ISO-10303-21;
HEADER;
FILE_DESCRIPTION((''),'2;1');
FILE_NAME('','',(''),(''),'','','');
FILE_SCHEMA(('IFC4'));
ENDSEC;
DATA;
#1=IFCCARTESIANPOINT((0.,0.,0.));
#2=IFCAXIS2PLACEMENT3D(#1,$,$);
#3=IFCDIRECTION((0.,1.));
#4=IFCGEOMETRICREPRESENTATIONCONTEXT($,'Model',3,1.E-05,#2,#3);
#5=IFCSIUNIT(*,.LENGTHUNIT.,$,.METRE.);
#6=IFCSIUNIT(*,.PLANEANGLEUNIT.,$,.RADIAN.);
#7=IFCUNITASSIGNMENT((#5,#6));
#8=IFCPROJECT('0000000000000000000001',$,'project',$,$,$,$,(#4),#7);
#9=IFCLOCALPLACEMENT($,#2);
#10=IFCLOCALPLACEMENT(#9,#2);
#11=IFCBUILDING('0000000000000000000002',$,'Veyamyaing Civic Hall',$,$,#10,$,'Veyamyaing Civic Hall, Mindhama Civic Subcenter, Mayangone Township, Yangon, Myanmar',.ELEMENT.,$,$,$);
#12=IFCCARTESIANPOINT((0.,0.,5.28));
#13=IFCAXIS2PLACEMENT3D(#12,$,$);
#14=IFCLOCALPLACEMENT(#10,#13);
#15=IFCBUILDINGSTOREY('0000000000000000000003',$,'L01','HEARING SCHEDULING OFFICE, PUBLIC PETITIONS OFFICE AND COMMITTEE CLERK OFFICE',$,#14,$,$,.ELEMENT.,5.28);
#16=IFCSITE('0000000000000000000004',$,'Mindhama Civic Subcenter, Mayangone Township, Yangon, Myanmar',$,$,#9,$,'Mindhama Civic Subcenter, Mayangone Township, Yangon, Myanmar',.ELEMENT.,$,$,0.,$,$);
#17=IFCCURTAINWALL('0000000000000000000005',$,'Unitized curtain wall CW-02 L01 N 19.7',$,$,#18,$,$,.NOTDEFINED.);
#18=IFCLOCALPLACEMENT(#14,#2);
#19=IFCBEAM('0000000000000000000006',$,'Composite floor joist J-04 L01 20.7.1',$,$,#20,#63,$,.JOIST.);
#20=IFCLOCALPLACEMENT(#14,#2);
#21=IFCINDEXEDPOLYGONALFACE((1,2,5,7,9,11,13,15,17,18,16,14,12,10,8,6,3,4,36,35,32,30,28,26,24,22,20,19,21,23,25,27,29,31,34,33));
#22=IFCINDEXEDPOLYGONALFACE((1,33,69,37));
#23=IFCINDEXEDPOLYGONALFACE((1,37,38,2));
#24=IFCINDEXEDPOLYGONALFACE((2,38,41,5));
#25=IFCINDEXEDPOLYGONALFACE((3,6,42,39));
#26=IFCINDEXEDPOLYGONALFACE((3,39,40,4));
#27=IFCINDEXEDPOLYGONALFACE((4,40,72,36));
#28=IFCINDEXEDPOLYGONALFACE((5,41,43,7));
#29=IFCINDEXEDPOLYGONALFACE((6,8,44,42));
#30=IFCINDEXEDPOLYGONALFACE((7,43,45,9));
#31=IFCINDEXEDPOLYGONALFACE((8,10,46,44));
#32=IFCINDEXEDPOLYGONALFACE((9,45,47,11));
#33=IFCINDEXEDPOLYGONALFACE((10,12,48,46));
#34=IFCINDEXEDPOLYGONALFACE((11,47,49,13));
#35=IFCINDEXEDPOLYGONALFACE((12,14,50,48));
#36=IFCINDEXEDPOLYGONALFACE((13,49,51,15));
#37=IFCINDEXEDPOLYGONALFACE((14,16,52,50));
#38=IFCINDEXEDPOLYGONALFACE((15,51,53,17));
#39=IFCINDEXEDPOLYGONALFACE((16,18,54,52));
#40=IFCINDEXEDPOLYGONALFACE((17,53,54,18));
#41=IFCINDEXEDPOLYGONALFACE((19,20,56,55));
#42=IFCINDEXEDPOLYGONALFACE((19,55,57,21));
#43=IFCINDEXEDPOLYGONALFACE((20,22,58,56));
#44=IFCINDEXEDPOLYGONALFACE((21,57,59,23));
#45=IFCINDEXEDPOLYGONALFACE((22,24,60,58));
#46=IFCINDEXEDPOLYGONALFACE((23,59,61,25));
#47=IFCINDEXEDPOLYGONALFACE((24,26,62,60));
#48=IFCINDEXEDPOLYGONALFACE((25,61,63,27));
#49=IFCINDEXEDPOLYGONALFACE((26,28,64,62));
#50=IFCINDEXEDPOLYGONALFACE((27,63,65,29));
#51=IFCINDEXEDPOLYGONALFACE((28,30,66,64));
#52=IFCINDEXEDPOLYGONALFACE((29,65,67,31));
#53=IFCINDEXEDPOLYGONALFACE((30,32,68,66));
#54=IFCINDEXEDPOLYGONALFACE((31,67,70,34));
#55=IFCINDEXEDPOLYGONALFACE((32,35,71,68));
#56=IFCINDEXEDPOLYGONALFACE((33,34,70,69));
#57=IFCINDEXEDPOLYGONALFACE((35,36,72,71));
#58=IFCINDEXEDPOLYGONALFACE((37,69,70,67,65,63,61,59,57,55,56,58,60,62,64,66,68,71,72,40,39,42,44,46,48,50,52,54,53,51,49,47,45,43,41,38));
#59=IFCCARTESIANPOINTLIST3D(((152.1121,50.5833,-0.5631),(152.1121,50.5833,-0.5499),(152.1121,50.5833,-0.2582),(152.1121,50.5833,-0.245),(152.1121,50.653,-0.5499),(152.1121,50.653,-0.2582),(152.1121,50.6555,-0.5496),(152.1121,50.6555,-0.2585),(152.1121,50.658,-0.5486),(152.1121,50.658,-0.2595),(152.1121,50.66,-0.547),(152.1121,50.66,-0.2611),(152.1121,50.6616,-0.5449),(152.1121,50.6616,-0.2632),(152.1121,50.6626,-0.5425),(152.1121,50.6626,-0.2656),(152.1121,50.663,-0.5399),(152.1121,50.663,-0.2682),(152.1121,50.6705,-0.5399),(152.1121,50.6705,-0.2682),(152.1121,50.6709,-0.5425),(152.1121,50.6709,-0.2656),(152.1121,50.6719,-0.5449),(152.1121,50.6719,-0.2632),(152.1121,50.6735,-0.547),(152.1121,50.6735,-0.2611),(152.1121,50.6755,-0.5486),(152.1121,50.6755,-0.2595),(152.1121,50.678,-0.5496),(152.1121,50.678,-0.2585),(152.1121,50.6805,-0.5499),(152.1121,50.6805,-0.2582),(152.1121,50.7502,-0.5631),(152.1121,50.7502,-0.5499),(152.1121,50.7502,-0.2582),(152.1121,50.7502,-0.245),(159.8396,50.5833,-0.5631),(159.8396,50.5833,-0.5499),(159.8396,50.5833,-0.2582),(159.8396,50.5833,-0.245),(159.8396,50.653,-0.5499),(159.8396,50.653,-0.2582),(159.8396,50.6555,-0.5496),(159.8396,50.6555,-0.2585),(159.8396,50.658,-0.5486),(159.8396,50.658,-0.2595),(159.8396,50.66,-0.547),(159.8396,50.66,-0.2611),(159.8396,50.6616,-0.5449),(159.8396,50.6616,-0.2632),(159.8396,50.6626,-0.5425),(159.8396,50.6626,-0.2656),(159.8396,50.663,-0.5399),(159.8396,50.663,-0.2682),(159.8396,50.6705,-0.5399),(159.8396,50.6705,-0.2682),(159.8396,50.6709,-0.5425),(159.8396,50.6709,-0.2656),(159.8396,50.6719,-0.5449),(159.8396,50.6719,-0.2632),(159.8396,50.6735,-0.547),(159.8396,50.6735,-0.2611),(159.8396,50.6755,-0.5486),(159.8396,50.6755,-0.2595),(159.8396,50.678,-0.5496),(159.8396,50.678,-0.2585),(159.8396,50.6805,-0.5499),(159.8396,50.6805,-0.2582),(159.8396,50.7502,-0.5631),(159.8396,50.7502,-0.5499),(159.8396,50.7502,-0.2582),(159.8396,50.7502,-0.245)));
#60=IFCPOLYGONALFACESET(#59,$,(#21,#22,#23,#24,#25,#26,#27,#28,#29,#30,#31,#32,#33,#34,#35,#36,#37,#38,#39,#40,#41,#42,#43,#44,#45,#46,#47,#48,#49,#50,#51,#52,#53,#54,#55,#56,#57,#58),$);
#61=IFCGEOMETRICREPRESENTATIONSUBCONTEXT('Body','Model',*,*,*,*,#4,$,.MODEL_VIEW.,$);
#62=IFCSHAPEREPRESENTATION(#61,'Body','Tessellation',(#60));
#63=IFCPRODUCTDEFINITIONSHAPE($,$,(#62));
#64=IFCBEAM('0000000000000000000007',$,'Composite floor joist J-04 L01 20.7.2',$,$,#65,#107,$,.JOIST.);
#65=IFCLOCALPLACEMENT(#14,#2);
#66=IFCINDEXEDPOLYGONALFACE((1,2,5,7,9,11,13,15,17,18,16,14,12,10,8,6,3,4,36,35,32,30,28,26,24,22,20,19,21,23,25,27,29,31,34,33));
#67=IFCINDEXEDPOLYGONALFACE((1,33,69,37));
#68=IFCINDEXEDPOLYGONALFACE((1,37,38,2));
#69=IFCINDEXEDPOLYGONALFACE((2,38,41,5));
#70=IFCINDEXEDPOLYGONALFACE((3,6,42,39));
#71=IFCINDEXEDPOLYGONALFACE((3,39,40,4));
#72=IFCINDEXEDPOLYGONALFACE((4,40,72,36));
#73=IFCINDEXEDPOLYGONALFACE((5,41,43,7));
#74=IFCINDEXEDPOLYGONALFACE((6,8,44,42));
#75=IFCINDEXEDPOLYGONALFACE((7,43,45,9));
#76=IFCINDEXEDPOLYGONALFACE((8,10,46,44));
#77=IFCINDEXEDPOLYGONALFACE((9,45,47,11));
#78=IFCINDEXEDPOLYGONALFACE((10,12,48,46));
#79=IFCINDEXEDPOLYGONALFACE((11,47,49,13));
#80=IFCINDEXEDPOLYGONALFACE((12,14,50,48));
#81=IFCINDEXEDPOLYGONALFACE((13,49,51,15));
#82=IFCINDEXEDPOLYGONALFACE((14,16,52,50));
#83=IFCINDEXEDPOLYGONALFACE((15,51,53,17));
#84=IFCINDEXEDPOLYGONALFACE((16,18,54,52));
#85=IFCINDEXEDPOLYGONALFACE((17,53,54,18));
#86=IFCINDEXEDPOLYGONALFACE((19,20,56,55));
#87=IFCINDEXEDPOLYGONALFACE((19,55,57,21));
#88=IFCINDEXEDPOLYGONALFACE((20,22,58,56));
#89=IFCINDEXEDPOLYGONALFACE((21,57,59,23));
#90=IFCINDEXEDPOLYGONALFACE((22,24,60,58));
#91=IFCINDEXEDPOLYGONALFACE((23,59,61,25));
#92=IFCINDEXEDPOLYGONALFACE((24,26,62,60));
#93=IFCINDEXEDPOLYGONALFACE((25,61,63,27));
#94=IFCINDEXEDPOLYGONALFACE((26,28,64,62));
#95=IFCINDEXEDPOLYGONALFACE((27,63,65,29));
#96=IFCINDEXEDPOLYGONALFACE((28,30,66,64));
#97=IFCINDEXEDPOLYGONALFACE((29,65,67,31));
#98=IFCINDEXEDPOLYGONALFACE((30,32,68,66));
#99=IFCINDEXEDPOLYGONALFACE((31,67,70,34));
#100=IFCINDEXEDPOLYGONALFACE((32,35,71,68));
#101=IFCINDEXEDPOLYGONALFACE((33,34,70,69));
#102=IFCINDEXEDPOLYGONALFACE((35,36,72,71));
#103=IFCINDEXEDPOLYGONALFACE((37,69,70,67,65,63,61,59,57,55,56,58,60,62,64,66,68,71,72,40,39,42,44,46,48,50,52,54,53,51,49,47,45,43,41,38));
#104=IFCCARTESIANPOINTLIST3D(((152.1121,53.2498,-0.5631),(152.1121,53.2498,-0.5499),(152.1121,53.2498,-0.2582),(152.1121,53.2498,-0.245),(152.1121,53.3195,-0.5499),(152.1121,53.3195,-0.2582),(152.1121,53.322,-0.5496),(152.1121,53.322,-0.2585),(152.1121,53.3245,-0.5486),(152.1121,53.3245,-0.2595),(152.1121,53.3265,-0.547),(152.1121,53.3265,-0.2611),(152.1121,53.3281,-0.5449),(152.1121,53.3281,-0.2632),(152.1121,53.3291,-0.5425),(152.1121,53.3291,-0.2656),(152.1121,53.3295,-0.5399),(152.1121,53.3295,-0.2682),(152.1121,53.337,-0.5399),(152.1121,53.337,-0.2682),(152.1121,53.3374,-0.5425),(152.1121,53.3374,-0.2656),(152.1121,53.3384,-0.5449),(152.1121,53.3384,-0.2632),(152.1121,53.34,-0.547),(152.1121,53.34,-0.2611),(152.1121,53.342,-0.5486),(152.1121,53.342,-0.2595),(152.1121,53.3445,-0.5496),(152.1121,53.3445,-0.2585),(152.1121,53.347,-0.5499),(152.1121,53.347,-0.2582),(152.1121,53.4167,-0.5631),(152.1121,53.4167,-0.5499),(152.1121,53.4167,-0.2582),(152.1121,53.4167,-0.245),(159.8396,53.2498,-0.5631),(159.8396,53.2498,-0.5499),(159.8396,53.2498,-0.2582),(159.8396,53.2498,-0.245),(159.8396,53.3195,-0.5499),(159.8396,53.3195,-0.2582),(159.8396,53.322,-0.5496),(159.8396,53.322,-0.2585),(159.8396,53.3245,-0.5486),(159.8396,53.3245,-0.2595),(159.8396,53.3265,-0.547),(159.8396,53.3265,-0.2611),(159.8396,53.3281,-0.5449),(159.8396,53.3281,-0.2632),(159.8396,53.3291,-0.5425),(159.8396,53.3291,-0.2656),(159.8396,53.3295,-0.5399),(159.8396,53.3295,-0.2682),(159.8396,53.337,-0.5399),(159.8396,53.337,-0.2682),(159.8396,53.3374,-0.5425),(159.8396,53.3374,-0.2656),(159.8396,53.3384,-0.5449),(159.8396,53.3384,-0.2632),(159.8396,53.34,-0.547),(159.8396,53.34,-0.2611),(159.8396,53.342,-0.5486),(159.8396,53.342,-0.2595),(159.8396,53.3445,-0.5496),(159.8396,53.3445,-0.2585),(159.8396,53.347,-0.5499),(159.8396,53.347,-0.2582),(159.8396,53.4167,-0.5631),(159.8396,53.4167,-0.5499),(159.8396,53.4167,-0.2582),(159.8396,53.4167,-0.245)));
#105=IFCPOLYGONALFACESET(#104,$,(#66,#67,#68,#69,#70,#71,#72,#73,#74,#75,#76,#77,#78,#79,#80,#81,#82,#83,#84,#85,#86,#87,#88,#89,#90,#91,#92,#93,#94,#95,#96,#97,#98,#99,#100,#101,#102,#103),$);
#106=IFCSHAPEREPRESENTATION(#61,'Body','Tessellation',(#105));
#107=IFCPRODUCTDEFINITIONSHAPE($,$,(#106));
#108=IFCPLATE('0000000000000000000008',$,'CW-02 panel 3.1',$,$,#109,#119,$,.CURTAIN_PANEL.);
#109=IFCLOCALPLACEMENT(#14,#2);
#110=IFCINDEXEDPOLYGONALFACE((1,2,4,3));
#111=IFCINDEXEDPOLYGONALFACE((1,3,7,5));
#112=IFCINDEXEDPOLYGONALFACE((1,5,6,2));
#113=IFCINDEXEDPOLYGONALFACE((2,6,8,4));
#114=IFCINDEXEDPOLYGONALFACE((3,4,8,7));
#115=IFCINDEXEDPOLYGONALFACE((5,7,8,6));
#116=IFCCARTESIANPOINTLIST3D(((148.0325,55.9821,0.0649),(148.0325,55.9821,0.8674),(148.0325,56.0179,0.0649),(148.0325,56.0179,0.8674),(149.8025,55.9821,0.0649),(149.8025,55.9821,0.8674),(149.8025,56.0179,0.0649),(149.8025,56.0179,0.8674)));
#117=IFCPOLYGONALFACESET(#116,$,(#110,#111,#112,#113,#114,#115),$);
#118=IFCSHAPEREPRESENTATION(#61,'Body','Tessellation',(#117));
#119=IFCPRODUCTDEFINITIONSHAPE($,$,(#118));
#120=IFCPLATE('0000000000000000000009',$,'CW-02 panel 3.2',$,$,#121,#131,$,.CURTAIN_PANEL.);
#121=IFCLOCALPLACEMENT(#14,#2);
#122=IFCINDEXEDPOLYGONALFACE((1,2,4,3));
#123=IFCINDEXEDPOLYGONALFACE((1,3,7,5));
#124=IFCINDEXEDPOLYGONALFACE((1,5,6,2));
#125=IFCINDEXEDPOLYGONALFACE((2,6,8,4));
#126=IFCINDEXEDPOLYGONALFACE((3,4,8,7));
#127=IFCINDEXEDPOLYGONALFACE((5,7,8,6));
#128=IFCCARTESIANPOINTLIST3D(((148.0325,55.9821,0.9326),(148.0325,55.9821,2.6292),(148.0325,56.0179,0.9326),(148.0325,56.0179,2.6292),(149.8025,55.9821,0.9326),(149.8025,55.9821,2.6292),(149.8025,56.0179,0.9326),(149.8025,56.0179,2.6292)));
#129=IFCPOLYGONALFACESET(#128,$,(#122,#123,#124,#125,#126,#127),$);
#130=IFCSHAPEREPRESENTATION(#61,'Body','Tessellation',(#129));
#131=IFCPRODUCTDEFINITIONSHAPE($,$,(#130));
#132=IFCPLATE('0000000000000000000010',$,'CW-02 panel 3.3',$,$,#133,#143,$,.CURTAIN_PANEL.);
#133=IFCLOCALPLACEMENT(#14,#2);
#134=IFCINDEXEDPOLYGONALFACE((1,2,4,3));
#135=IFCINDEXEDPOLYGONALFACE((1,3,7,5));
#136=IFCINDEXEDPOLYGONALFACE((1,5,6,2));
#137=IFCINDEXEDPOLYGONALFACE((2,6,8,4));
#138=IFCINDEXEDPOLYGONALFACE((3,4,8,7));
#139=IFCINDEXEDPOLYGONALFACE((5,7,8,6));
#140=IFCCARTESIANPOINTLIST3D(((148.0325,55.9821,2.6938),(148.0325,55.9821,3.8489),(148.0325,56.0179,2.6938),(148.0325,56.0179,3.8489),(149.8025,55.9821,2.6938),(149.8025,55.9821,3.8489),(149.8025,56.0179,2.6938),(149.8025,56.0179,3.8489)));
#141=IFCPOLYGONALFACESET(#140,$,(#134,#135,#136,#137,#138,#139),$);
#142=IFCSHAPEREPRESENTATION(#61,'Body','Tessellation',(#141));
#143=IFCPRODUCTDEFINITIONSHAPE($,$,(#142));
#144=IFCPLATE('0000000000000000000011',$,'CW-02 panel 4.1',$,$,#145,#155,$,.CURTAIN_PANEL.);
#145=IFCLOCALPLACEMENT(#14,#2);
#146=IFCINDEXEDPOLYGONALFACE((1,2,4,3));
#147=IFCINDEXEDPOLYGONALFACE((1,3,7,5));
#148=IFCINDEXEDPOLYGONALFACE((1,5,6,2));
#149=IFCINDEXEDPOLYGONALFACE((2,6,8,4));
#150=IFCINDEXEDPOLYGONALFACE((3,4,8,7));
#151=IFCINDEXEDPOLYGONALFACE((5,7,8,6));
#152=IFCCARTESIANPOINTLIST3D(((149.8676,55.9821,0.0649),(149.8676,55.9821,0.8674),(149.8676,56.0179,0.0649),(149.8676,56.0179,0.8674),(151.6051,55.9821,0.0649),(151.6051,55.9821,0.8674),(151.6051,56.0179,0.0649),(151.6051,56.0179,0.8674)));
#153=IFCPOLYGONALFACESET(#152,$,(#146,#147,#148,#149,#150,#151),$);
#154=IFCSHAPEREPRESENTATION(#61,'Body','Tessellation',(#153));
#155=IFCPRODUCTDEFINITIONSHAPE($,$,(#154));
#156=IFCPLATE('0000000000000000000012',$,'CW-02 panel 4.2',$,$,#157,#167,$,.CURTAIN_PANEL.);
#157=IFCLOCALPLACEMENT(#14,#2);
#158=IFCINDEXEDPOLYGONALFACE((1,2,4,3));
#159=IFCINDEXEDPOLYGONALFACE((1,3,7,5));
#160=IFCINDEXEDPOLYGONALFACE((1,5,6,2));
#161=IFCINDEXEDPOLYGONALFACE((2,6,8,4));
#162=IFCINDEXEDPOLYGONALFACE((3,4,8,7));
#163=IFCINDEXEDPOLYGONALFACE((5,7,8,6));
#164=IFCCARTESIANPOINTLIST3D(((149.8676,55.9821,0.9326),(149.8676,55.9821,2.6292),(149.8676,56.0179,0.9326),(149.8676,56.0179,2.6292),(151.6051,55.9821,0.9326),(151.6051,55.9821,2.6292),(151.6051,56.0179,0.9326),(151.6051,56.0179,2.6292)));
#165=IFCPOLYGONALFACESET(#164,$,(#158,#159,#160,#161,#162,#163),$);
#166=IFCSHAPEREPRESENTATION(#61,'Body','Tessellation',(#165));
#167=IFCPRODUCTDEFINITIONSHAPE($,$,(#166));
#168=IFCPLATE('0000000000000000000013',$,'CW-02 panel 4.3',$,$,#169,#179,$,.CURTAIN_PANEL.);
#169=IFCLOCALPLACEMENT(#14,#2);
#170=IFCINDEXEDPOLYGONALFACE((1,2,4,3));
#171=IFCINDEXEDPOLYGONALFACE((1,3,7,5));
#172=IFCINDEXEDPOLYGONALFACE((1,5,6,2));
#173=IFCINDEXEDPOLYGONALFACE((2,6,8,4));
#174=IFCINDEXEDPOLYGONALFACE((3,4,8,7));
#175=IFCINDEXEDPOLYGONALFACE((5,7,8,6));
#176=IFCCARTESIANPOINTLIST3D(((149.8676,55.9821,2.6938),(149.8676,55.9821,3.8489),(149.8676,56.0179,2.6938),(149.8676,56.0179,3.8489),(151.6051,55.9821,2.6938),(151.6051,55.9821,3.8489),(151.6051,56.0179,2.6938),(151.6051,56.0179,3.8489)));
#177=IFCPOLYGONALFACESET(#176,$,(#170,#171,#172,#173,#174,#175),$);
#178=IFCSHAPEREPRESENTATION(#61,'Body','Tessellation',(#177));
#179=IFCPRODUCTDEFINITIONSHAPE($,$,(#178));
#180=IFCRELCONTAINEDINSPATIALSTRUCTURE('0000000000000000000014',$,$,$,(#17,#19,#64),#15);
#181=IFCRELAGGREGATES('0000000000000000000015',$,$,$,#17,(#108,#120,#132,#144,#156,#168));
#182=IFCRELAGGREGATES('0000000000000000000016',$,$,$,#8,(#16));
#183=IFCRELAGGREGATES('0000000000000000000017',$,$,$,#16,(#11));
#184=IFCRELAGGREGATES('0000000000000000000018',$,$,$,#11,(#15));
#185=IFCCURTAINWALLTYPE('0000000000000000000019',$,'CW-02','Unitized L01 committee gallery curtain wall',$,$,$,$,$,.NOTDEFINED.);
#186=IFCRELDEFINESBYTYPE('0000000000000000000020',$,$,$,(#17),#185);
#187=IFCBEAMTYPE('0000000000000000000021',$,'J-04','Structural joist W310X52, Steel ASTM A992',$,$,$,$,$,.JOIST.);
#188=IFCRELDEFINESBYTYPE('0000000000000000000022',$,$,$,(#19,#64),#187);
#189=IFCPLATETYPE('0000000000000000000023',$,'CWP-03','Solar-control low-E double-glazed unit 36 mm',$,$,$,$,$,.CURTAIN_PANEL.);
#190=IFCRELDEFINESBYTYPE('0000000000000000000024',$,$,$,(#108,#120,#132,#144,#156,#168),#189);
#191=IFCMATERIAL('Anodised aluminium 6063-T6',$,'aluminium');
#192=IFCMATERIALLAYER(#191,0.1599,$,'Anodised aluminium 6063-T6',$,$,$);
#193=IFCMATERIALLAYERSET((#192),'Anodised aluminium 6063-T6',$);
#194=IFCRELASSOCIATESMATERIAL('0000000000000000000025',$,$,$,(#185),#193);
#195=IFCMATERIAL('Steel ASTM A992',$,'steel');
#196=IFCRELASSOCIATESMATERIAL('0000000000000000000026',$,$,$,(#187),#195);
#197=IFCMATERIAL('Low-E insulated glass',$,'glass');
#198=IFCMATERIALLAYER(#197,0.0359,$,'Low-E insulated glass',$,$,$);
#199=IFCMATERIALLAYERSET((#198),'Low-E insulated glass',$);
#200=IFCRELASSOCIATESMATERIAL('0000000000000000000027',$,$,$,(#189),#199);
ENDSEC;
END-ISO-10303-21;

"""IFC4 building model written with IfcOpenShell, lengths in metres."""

from ifc_helpers import new_model, si_unit, direction, frame, origin, origin_2d, place, context, subcontext, project, spatial, rectangle, i_section, extrude, material, layer, layer_set, material_profile, profile_set, type_object, element, aggregate, save


model = new_model("IFC4")

# Units and contexts
model_context = context("Model", 3, precision=1e-05, world=origin(), true_north=direction((0.0, 1.0)))
body_context = subcontext(model_context, "Body", "Model", "MODEL_VIEW")
ifc_project = project(units=[si_unit("LENGTHUNIT", "METRE"), si_unit("PLANEANGLEUNIT", "RADIAN")], contexts=[model_context])

# Site, building, storey
site_placement = place(None, origin())
site = spatial("IfcSite", under=ifc_project, at=site_placement, Name="Mindhama Civic Subcenter, Mayangone Township, Yangon, Myanmar", LongName="Mindhama Civic Subcenter, Mayangone Township, Yangon, Myanmar", CompositionType="ELEMENT", RefElevation=0.0)
building_placement = place(site_placement, origin())
building = spatial("IfcBuilding", under=site, at=building_placement, Name="Veyamyaing Civic Hall", LongName="Veyamyaing Civic Hall, Mindhama Civic Subcenter, Mayangone Township, Yangon, Myanmar", CompositionType="ELEMENT")
storey_placement = place(building_placement, frame((0.0, 0.0, 5.28)))
storey = spatial("IfcBuildingStorey", under=building, at=storey_placement, Name="L01", Description="HEARING SCHEDULING OFFICE, PUBLIC PETITIONS OFFICE AND COMMITTEE CLERK OFFICE", CompositionType="ELEMENT", Elevation=5.28)

# Shared definitions
ifc_material_1 = material(Name="Steel ASTM A992", Category="steel")

# Curtain wall
ifc_material_2 = material(Name="Anodised aluminium 6063-T6", Category="aluminium")
ifc_layer_1 = layer(ifc_material_2, 0.1599, Name="Anodised aluminium 6063-T6")
ifc_layer_set_1 = layer_set([ifc_layer_1], Name="Anodised aluminium 6063-T6")
curtain_wall_type = type_object("IfcCurtainWallType", Name="CW-02", Description="Unitized L01 committee gallery curtain wall", PredefinedType="NOTDEFINED", material=ifc_layer_set_1)
curtain_wall_placement = place(storey_placement, origin())
curtain_wall = element("IfcCurtainWall", 1, at=curtain_wall_placement, inside=storey, type_object=curtain_wall_type, Name="Unitized curtain wall CW-02 L01 N 19.7", PredefinedType="NOTDEFINED")

# Beams
ifc_material_profile_1 = material_profile(ifc_material_1, i_section(OverallWidth=0.167, OverallDepth=0.3181, WebThickness=0.0076, FlangeThickness=0.0132, FilletRadius=0.01, at=origin_2d()), Name="W310X52")
ifc_profile_set_1 = profile_set([ifc_material_profile_1], Name="Steel ASTM A992")
beam_type_1 = type_object("IfcBeamType", Name="J-04", Description="Structural joist W310X52, Steel ASTM A992", PredefinedType="JOIST", material=ifc_profile_set_1)
for number, where, z_axis, x_axis, name in (
    (2, (152.1121, 50.6667, -0.4041), (1.0, 0.0, 0.0), (0.0, 1.0, 0.0), "Composite floor joist J-04 L01 20.7.1"),
    (3, (152.1121, 53.3333, -0.4041), (1.0, 0.0, 0.0), (0.0, 1.0, 0.0), "Composite floor joist J-04 L01 20.7.2"),
):
    element("IfcBeam", number, at=place(storey_placement, frame(where, z_axis=z_axis, x_axis=x_axis)), inside=storey, type_object=beam_type_1, Name=name, PredefinedType="JOIST", context=body_context, shape_type="SweptSolid", body=[
        extrude(i_section(OverallWidth=0.167, OverallDepth=0.3181, WebThickness=0.0076, FlangeThickness=0.0132, FilletRadius=0.01, at=origin_2d()), origin(), (0.0, 0.0, 1.0), 7.7275),
    ])

# Plates
ifc_material_3 = material(Name="Low-E insulated glass", Category="glass")
ifc_layer_2 = layer(ifc_material_3, 0.0359, Name="Low-E insulated glass")
ifc_layer_set_2 = layer_set([ifc_layer_2], Name="Low-E insulated glass")
plate_type = type_object("IfcPlateType", Name="CWP-03", Description="Solar-control low-E double-glazed unit 36 mm", PredefinedType="CURTAIN_PANEL", material=ifc_layer_set_2)
plate_1_placement = place(storey_placement, frame((148.9175, 56.0, 0.0649), z_axis=(0.0, 0.0, 1.0), x_axis=(1.0, 0.0, 0.0)))
plate_1 = element("IfcPlate", 4, at=plate_1_placement, type_object=plate_type, Name="CW-02 panel 3.1", PredefinedType="CURTAIN_PANEL", context=body_context, shape_type="SweptSolid", body=[
    extrude(rectangle(XDim=1.77, YDim=0.0359, at=origin_2d()), origin(), (0.0, 0.0, 1.0), 0.8025),
])
plate_2_placement = place(storey_placement, frame((148.9175, 56.0, 0.9326), z_axis=(0.0, 0.0, 1.0), x_axis=(1.0, 0.0, 0.0)))
plate_2 = element("IfcPlate", 5, at=plate_2_placement, type_object=plate_type, Name="CW-02 panel 3.2", PredefinedType="CURTAIN_PANEL", context=body_context, shape_type="SweptSolid", body=[
    extrude(rectangle(XDim=1.77, YDim=0.0359, at=origin_2d()), origin(), (0.0, 0.0, 1.0), 1.6965),
])
plate_3_placement = place(storey_placement, frame((148.9175, 56.0, 2.6938), z_axis=(0.0, 0.0, 1.0), x_axis=(1.0, 0.0, 0.0)))
plate_3 = element("IfcPlate", 6, at=plate_3_placement, type_object=plate_type, Name="CW-02 panel 3.3", PredefinedType="CURTAIN_PANEL", context=body_context, shape_type="SweptSolid", body=[
    extrude(rectangle(XDim=1.77, YDim=0.0359, at=origin_2d()), origin(), (0.0, 0.0, 1.0), 1.155),
])
plate_4_placement = place(storey_placement, frame((150.7363, 56.0, 0.0649), z_axis=(0.0, 0.0, 1.0), x_axis=(1.0, 0.0, 0.0)))
plate_4 = element("IfcPlate", 7, at=plate_4_placement, type_object=plate_type, Name="CW-02 panel 4.1", PredefinedType="CURTAIN_PANEL", context=body_context, shape_type="SweptSolid", body=[
    extrude(rectangle(XDim=1.7375, YDim=0.0359, at=origin_2d()), origin(), (0.0, 0.0, 1.0), 0.8025),
])
plate_5_placement = place(storey_placement, frame((150.7363, 56.0, 0.9326), z_axis=(0.0, 0.0, 1.0), x_axis=(1.0, 0.0, 0.0)))
plate_5 = element("IfcPlate", 8, at=plate_5_placement, type_object=plate_type, Name="CW-02 panel 4.2", PredefinedType="CURTAIN_PANEL", context=body_context, shape_type="SweptSolid", body=[
    extrude(rectangle(XDim=1.7375, YDim=0.0359, at=origin_2d()), origin(), (0.0, 0.0, 1.0), 1.6965),
])
plate_6_placement = place(storey_placement, frame((150.7363, 56.0, 2.6938), z_axis=(0.0, 0.0, 1.0), x_axis=(1.0, 0.0, 0.0)))
plate_6 = element("IfcPlate", 9, at=plate_6_placement, type_object=plate_type, Name="CW-02 panel 4.3", PredefinedType="CURTAIN_PANEL", context=body_context, shape_type="SweptSolid", body=[
    extrude(rectangle(XDim=1.7375, YDim=0.0359, at=origin_2d()), origin(), (0.0, 0.0, 1.0), 1.155),
])
aggregate(curtain_wall, [plate_1, plate_2, plate_3, plate_4, plate_5, plate_6])

save(model, "model.ifc")
